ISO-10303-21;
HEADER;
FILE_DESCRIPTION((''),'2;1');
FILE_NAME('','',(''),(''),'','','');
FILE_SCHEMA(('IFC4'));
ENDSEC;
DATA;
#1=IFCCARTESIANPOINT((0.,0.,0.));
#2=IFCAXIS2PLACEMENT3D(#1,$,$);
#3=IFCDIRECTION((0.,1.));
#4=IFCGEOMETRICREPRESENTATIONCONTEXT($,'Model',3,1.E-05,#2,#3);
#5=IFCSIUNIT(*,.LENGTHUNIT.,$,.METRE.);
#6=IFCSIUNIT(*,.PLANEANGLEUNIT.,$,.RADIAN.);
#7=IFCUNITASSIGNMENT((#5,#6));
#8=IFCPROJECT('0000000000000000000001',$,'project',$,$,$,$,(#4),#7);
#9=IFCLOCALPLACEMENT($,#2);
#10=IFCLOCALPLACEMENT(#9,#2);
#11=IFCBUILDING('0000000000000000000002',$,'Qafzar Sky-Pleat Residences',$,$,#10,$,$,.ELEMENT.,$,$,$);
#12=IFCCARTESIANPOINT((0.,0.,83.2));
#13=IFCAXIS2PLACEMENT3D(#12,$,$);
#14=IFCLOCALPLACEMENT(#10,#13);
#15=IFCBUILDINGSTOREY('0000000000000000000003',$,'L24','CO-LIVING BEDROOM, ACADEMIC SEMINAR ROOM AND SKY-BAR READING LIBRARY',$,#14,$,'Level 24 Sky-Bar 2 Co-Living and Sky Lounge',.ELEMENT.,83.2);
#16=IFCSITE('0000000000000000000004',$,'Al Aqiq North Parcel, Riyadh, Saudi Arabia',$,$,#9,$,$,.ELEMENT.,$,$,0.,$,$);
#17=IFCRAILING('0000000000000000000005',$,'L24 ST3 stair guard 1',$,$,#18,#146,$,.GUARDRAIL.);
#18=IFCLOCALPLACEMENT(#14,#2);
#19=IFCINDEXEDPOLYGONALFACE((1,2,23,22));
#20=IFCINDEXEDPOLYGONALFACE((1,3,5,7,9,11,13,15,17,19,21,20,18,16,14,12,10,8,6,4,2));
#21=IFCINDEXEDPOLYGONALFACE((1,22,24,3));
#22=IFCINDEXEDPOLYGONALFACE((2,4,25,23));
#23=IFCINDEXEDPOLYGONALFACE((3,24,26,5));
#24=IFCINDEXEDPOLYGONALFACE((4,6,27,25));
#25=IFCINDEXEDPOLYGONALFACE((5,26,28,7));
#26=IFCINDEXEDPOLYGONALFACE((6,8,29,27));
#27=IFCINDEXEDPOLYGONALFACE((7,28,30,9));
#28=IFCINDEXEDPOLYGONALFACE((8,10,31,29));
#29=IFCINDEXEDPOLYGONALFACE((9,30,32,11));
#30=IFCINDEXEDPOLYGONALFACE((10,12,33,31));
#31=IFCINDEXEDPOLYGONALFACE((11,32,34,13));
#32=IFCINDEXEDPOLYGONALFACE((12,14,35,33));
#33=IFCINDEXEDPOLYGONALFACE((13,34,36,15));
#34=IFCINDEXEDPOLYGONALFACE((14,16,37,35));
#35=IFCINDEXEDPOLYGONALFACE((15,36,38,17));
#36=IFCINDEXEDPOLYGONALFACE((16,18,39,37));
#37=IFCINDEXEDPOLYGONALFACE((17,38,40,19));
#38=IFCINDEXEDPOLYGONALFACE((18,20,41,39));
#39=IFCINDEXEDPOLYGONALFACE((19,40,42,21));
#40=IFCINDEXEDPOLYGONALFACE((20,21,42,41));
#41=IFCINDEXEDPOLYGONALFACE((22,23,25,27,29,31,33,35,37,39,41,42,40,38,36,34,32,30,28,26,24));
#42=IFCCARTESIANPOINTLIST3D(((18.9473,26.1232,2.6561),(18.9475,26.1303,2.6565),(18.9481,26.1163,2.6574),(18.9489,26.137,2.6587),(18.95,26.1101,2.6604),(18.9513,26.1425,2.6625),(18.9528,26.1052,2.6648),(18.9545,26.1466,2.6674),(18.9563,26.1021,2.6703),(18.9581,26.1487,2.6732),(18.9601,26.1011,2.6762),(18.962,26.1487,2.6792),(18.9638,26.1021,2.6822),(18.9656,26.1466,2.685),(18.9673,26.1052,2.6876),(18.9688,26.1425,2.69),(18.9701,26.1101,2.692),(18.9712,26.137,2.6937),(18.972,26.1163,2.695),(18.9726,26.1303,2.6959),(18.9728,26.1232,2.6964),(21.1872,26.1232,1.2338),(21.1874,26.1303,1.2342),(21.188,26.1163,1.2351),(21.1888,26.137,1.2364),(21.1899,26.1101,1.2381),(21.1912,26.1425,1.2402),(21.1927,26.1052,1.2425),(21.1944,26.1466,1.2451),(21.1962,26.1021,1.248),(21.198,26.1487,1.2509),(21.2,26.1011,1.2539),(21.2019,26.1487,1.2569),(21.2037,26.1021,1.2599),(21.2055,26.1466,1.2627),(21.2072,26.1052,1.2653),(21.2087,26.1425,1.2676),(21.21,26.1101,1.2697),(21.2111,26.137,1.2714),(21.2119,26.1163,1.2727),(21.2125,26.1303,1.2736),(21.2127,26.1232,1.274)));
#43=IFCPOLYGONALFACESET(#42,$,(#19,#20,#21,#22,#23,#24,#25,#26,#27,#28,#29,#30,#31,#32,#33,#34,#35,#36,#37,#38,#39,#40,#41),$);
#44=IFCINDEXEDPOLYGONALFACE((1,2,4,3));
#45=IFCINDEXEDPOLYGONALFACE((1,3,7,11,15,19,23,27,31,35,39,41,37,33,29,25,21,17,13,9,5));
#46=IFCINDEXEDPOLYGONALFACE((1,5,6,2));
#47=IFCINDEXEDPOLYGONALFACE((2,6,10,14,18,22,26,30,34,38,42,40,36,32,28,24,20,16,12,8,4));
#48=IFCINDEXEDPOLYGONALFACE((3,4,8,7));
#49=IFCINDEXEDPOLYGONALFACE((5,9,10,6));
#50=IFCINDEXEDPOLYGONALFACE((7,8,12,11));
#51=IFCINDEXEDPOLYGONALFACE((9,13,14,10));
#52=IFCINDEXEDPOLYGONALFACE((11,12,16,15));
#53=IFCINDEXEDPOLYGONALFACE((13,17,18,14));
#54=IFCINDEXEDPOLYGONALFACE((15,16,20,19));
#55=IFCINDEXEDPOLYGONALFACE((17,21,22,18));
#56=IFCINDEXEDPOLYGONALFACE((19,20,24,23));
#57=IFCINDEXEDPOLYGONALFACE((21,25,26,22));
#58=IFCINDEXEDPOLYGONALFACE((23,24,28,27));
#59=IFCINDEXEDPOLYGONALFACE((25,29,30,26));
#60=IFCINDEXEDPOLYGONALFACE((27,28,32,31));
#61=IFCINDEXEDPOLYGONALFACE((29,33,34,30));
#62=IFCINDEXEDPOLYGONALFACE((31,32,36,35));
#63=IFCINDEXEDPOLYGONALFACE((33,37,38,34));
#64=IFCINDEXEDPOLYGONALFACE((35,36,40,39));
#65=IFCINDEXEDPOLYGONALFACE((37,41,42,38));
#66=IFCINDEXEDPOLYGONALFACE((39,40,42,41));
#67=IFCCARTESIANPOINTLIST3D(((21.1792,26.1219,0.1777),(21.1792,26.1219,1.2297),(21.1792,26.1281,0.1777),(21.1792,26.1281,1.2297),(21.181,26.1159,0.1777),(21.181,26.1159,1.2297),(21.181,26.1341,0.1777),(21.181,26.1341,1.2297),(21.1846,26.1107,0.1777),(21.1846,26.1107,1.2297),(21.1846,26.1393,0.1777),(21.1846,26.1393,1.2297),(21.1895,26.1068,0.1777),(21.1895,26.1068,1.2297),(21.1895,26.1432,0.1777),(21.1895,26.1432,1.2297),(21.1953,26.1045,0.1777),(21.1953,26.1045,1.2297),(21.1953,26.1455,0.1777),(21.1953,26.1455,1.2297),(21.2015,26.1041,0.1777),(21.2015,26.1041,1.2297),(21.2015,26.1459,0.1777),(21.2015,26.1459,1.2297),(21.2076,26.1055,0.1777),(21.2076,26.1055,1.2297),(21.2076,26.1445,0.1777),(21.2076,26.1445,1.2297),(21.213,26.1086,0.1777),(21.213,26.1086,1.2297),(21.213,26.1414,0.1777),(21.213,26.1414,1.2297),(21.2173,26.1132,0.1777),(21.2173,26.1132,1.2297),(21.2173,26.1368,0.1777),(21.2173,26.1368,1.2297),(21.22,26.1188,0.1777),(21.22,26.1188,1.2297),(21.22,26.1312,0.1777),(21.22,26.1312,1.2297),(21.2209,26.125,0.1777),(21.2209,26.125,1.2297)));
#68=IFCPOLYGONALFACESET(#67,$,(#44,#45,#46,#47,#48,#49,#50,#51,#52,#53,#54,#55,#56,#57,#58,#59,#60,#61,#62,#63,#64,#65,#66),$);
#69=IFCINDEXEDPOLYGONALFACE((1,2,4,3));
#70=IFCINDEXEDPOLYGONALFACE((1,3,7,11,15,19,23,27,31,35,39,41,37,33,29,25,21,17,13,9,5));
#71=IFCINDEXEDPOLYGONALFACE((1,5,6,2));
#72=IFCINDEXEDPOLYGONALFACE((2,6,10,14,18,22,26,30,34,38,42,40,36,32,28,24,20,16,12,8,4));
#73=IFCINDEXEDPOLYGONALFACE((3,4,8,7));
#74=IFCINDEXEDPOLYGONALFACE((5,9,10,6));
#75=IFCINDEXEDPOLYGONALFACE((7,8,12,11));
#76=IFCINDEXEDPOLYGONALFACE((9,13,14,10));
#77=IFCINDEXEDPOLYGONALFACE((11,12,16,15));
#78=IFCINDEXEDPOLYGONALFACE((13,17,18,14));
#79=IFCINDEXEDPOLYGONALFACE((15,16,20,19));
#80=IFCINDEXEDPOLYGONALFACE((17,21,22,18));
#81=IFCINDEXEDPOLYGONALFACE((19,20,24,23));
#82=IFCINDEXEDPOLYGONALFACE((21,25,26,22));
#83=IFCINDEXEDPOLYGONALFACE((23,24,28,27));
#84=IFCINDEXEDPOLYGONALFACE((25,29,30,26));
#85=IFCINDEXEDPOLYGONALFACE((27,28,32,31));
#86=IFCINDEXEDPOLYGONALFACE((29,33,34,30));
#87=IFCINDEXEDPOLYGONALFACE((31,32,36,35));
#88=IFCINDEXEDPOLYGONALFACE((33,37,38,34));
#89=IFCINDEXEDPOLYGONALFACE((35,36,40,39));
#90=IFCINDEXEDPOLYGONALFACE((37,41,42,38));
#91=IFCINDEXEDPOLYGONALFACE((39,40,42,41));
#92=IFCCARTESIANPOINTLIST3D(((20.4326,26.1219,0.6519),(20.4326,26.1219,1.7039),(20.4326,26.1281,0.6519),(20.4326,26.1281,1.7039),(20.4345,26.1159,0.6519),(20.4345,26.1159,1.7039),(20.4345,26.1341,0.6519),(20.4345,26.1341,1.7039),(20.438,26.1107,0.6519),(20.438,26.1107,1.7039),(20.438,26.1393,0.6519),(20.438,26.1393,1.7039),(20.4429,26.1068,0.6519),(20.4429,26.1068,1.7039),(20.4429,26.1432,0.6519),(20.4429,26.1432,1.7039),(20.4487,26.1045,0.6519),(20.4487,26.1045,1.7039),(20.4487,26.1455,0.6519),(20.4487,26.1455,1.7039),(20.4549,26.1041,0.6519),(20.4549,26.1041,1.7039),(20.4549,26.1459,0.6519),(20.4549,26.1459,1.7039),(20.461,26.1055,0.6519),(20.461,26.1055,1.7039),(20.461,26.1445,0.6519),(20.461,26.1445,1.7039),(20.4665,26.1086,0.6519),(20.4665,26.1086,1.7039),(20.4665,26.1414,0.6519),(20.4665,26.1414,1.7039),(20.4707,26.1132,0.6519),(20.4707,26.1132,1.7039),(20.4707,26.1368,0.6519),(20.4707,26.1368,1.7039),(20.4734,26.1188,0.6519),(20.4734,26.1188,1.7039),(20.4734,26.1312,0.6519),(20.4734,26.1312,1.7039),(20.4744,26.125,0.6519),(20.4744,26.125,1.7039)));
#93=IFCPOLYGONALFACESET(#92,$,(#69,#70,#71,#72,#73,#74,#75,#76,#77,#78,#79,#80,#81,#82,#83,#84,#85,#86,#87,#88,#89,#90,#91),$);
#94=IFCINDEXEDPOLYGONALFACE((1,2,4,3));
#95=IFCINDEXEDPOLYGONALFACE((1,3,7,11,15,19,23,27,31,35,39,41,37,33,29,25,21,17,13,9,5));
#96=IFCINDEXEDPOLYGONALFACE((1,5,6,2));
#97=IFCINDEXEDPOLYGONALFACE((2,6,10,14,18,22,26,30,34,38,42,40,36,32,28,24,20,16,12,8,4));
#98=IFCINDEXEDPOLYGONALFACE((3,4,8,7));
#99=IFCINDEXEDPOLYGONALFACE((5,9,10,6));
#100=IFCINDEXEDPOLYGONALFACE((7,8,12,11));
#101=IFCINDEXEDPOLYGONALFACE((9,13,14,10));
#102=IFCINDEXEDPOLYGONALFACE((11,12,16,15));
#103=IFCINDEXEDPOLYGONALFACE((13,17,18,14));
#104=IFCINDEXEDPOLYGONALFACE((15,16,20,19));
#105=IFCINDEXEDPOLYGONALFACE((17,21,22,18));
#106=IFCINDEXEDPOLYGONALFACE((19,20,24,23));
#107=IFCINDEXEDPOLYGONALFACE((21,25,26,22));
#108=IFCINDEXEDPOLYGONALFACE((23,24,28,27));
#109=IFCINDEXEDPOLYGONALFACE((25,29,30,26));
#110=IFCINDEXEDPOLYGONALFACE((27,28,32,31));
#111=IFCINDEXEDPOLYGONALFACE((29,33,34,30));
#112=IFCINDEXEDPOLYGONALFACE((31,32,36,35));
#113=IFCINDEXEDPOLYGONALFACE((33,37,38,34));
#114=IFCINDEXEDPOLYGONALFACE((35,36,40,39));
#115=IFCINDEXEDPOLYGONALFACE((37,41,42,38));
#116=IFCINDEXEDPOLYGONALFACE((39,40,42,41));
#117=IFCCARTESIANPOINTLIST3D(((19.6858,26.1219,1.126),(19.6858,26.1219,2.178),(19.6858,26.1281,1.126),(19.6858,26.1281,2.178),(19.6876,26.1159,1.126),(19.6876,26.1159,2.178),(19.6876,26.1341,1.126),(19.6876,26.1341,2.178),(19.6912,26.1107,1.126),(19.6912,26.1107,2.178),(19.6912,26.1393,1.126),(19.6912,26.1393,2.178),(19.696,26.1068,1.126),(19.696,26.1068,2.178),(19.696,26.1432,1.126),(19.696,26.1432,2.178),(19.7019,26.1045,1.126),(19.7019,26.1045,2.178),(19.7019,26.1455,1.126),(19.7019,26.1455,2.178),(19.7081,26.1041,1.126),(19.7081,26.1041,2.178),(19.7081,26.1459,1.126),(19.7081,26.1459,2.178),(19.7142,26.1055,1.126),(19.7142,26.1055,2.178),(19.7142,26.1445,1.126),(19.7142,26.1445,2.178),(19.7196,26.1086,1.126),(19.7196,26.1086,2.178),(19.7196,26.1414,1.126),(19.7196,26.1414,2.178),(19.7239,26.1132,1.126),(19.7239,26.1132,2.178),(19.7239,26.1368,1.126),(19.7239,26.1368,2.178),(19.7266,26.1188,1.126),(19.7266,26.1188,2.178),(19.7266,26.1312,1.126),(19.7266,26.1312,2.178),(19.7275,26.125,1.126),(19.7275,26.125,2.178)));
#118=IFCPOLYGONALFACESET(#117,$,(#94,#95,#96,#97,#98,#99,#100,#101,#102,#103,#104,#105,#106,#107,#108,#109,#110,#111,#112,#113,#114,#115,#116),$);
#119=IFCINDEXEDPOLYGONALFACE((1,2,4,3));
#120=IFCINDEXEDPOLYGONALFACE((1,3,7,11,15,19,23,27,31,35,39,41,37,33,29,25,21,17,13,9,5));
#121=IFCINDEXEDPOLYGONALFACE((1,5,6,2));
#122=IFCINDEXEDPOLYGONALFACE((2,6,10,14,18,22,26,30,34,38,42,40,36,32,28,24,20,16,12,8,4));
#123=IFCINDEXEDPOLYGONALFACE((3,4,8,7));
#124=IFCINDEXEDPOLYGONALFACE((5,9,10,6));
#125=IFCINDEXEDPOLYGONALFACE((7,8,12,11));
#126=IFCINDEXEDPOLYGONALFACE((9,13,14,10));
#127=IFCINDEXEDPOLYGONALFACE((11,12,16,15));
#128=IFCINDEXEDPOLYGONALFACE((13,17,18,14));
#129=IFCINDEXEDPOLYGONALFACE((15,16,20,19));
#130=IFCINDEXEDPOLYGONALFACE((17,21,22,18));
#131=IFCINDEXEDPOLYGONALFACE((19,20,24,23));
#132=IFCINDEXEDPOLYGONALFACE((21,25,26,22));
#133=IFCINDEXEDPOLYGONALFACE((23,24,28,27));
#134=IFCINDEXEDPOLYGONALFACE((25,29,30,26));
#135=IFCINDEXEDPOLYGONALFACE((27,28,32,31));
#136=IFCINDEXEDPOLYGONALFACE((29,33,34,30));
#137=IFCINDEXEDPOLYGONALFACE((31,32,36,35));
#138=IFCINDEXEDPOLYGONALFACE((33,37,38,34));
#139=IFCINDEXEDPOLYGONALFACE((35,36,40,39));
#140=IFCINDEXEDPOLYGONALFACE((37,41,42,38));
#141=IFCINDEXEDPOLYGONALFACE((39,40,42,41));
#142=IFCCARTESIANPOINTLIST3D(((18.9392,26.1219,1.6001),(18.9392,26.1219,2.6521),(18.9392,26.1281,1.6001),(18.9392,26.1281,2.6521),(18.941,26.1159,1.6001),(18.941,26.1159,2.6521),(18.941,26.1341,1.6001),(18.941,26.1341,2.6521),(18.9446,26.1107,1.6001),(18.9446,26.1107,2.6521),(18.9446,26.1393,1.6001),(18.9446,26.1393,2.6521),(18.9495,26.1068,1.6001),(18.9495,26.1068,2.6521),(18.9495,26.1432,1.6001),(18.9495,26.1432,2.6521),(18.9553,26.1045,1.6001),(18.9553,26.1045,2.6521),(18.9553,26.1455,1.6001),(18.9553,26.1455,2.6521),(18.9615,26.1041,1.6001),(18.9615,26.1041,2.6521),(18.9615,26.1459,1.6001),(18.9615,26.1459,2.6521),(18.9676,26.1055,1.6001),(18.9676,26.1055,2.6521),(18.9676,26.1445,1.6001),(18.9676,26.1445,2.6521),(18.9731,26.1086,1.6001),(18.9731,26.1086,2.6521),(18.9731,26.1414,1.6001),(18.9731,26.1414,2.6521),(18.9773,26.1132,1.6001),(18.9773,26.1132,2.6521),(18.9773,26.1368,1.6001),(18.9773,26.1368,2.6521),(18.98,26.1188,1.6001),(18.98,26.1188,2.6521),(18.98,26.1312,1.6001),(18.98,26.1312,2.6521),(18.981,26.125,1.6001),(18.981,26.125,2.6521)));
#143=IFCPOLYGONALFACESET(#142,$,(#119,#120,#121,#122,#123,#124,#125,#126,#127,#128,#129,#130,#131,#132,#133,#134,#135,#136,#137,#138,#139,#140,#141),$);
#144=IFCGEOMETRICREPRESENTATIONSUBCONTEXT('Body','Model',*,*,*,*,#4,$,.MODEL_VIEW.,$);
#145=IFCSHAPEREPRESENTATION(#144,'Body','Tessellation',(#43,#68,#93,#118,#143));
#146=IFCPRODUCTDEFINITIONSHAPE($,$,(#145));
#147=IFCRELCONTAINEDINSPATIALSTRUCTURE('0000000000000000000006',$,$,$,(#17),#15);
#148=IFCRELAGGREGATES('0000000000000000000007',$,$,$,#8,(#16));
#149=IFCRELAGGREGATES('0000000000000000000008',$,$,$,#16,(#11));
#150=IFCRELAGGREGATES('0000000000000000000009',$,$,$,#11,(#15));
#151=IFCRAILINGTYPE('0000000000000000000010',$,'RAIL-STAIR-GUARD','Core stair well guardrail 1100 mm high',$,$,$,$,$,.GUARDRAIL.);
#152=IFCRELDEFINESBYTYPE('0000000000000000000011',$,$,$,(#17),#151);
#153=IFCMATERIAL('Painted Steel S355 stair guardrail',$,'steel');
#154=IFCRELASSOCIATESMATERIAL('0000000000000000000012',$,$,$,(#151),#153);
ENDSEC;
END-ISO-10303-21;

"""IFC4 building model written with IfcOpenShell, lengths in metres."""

from ifc_helpers import new_model, si_unit, direction, frame, origin, origin_2d, place, context, subcontext, project, spatial, circle, extrude, source, transform, mapped, material, type_object, element, save


model = new_model("IFC4")

# Units and contexts
model_context = context("Model", 3, precision=1e-05, world=origin(), true_north=direction((0.0, 1.0)))
body_context = subcontext(model_context, "Body", "Model", "MODEL_VIEW")
ifc_project = project(units=[si_unit("LENGTHUNIT", "METRE"), si_unit("PLANEANGLEUNIT", "RADIAN")], contexts=[model_context])

# Site, building, storey
site_placement = place(None, origin())
site = spatial("IfcSite", under=ifc_project, at=site_placement, Name="Al Aqiq North Parcel, Riyadh, Saudi Arabia", CompositionType="ELEMENT", RefElevation=0.0)
building_placement = place(site_placement, origin())
building = spatial("IfcBuilding", under=site, at=building_placement, Name="Qafzar Sky-Pleat Residences", CompositionType="ELEMENT")
storey_placement = place(building_placement, frame((0.0, 0.0, 83.2)))
storey = spatial("IfcBuildingStorey", under=building, at=storey_placement, Name="L24", Description="CO-LIVING BEDROOM, ACADEMIC SEMINAR ROOM AND SKY-BAR READING LIBRARY", LongName="Level 24 Sky-Bar 2 Co-Living and Sky Lounge", CompositionType="ELEMENT", Elevation=83.2)

# Railing
ifc_material_1 = material(Name="Painted Steel S355 stair guardrail", Category="steel")
railing_type_1 = type_object("IfcRailingType", Name="RAIL-STAIR-GUARD", Description="Core stair well guardrail 1100 mm high", PredefinedType="GUARDRAIL", material=ifc_material_1)
shared_shape_1 = source(origin(), body_context, "Body", "SweptSolid", [
    extrude(circle(Radius=0.0239, at=origin_2d()), frame((0.0, 0.0, 1.0762), z_axis=(-0.844188, 0.0, 0.536048), x_axis=(0.0, -1.0, 0.0)), (0.0, 0.0, 1.0), 2.6533),
    extrude(circle(Radius=0.021, at=origin_2d()), origin(), (0.0, 0.0, 1.0), 1.052),
    extrude(circle(Radius=0.021, at=origin_2d()), frame((-0.7466, 0.0, 0.4741)), (0.0, 0.0, 1.0), 1.052),
    extrude(circle(Radius=0.021, at=origin_2d()), frame((-1.4934, 0.0, 0.9482)), (0.0, 0.0, 1.0), 1.052),
    extrude(circle(Radius=0.021, at=origin_2d()), frame((-2.24, 0.0, 1.4224)), (0.0, 0.0, 1.0), 1.052),
])
railing_1_placement = place(storey_placement, frame((21.2, 26.125, 0.1777)))
element("IfcRailing", 1, at=railing_1_placement, inside=storey, type_object=railing_type_1, Name="L24 ST3 stair guard 1", PredefinedType="GUARDRAIL", context=body_context, shape_type="MappedRepresentation", body=[
    mapped(shared_shape_1, transform((0.0, 0.0, 0.0), x_axis=(1.0, 0.0, 0.0), y_axis=(0.0, 1.0, 0.0), z_axis=(0.0, 0.0, 1.0), scale=1.0)),
])

save(model, "model.ifc")
